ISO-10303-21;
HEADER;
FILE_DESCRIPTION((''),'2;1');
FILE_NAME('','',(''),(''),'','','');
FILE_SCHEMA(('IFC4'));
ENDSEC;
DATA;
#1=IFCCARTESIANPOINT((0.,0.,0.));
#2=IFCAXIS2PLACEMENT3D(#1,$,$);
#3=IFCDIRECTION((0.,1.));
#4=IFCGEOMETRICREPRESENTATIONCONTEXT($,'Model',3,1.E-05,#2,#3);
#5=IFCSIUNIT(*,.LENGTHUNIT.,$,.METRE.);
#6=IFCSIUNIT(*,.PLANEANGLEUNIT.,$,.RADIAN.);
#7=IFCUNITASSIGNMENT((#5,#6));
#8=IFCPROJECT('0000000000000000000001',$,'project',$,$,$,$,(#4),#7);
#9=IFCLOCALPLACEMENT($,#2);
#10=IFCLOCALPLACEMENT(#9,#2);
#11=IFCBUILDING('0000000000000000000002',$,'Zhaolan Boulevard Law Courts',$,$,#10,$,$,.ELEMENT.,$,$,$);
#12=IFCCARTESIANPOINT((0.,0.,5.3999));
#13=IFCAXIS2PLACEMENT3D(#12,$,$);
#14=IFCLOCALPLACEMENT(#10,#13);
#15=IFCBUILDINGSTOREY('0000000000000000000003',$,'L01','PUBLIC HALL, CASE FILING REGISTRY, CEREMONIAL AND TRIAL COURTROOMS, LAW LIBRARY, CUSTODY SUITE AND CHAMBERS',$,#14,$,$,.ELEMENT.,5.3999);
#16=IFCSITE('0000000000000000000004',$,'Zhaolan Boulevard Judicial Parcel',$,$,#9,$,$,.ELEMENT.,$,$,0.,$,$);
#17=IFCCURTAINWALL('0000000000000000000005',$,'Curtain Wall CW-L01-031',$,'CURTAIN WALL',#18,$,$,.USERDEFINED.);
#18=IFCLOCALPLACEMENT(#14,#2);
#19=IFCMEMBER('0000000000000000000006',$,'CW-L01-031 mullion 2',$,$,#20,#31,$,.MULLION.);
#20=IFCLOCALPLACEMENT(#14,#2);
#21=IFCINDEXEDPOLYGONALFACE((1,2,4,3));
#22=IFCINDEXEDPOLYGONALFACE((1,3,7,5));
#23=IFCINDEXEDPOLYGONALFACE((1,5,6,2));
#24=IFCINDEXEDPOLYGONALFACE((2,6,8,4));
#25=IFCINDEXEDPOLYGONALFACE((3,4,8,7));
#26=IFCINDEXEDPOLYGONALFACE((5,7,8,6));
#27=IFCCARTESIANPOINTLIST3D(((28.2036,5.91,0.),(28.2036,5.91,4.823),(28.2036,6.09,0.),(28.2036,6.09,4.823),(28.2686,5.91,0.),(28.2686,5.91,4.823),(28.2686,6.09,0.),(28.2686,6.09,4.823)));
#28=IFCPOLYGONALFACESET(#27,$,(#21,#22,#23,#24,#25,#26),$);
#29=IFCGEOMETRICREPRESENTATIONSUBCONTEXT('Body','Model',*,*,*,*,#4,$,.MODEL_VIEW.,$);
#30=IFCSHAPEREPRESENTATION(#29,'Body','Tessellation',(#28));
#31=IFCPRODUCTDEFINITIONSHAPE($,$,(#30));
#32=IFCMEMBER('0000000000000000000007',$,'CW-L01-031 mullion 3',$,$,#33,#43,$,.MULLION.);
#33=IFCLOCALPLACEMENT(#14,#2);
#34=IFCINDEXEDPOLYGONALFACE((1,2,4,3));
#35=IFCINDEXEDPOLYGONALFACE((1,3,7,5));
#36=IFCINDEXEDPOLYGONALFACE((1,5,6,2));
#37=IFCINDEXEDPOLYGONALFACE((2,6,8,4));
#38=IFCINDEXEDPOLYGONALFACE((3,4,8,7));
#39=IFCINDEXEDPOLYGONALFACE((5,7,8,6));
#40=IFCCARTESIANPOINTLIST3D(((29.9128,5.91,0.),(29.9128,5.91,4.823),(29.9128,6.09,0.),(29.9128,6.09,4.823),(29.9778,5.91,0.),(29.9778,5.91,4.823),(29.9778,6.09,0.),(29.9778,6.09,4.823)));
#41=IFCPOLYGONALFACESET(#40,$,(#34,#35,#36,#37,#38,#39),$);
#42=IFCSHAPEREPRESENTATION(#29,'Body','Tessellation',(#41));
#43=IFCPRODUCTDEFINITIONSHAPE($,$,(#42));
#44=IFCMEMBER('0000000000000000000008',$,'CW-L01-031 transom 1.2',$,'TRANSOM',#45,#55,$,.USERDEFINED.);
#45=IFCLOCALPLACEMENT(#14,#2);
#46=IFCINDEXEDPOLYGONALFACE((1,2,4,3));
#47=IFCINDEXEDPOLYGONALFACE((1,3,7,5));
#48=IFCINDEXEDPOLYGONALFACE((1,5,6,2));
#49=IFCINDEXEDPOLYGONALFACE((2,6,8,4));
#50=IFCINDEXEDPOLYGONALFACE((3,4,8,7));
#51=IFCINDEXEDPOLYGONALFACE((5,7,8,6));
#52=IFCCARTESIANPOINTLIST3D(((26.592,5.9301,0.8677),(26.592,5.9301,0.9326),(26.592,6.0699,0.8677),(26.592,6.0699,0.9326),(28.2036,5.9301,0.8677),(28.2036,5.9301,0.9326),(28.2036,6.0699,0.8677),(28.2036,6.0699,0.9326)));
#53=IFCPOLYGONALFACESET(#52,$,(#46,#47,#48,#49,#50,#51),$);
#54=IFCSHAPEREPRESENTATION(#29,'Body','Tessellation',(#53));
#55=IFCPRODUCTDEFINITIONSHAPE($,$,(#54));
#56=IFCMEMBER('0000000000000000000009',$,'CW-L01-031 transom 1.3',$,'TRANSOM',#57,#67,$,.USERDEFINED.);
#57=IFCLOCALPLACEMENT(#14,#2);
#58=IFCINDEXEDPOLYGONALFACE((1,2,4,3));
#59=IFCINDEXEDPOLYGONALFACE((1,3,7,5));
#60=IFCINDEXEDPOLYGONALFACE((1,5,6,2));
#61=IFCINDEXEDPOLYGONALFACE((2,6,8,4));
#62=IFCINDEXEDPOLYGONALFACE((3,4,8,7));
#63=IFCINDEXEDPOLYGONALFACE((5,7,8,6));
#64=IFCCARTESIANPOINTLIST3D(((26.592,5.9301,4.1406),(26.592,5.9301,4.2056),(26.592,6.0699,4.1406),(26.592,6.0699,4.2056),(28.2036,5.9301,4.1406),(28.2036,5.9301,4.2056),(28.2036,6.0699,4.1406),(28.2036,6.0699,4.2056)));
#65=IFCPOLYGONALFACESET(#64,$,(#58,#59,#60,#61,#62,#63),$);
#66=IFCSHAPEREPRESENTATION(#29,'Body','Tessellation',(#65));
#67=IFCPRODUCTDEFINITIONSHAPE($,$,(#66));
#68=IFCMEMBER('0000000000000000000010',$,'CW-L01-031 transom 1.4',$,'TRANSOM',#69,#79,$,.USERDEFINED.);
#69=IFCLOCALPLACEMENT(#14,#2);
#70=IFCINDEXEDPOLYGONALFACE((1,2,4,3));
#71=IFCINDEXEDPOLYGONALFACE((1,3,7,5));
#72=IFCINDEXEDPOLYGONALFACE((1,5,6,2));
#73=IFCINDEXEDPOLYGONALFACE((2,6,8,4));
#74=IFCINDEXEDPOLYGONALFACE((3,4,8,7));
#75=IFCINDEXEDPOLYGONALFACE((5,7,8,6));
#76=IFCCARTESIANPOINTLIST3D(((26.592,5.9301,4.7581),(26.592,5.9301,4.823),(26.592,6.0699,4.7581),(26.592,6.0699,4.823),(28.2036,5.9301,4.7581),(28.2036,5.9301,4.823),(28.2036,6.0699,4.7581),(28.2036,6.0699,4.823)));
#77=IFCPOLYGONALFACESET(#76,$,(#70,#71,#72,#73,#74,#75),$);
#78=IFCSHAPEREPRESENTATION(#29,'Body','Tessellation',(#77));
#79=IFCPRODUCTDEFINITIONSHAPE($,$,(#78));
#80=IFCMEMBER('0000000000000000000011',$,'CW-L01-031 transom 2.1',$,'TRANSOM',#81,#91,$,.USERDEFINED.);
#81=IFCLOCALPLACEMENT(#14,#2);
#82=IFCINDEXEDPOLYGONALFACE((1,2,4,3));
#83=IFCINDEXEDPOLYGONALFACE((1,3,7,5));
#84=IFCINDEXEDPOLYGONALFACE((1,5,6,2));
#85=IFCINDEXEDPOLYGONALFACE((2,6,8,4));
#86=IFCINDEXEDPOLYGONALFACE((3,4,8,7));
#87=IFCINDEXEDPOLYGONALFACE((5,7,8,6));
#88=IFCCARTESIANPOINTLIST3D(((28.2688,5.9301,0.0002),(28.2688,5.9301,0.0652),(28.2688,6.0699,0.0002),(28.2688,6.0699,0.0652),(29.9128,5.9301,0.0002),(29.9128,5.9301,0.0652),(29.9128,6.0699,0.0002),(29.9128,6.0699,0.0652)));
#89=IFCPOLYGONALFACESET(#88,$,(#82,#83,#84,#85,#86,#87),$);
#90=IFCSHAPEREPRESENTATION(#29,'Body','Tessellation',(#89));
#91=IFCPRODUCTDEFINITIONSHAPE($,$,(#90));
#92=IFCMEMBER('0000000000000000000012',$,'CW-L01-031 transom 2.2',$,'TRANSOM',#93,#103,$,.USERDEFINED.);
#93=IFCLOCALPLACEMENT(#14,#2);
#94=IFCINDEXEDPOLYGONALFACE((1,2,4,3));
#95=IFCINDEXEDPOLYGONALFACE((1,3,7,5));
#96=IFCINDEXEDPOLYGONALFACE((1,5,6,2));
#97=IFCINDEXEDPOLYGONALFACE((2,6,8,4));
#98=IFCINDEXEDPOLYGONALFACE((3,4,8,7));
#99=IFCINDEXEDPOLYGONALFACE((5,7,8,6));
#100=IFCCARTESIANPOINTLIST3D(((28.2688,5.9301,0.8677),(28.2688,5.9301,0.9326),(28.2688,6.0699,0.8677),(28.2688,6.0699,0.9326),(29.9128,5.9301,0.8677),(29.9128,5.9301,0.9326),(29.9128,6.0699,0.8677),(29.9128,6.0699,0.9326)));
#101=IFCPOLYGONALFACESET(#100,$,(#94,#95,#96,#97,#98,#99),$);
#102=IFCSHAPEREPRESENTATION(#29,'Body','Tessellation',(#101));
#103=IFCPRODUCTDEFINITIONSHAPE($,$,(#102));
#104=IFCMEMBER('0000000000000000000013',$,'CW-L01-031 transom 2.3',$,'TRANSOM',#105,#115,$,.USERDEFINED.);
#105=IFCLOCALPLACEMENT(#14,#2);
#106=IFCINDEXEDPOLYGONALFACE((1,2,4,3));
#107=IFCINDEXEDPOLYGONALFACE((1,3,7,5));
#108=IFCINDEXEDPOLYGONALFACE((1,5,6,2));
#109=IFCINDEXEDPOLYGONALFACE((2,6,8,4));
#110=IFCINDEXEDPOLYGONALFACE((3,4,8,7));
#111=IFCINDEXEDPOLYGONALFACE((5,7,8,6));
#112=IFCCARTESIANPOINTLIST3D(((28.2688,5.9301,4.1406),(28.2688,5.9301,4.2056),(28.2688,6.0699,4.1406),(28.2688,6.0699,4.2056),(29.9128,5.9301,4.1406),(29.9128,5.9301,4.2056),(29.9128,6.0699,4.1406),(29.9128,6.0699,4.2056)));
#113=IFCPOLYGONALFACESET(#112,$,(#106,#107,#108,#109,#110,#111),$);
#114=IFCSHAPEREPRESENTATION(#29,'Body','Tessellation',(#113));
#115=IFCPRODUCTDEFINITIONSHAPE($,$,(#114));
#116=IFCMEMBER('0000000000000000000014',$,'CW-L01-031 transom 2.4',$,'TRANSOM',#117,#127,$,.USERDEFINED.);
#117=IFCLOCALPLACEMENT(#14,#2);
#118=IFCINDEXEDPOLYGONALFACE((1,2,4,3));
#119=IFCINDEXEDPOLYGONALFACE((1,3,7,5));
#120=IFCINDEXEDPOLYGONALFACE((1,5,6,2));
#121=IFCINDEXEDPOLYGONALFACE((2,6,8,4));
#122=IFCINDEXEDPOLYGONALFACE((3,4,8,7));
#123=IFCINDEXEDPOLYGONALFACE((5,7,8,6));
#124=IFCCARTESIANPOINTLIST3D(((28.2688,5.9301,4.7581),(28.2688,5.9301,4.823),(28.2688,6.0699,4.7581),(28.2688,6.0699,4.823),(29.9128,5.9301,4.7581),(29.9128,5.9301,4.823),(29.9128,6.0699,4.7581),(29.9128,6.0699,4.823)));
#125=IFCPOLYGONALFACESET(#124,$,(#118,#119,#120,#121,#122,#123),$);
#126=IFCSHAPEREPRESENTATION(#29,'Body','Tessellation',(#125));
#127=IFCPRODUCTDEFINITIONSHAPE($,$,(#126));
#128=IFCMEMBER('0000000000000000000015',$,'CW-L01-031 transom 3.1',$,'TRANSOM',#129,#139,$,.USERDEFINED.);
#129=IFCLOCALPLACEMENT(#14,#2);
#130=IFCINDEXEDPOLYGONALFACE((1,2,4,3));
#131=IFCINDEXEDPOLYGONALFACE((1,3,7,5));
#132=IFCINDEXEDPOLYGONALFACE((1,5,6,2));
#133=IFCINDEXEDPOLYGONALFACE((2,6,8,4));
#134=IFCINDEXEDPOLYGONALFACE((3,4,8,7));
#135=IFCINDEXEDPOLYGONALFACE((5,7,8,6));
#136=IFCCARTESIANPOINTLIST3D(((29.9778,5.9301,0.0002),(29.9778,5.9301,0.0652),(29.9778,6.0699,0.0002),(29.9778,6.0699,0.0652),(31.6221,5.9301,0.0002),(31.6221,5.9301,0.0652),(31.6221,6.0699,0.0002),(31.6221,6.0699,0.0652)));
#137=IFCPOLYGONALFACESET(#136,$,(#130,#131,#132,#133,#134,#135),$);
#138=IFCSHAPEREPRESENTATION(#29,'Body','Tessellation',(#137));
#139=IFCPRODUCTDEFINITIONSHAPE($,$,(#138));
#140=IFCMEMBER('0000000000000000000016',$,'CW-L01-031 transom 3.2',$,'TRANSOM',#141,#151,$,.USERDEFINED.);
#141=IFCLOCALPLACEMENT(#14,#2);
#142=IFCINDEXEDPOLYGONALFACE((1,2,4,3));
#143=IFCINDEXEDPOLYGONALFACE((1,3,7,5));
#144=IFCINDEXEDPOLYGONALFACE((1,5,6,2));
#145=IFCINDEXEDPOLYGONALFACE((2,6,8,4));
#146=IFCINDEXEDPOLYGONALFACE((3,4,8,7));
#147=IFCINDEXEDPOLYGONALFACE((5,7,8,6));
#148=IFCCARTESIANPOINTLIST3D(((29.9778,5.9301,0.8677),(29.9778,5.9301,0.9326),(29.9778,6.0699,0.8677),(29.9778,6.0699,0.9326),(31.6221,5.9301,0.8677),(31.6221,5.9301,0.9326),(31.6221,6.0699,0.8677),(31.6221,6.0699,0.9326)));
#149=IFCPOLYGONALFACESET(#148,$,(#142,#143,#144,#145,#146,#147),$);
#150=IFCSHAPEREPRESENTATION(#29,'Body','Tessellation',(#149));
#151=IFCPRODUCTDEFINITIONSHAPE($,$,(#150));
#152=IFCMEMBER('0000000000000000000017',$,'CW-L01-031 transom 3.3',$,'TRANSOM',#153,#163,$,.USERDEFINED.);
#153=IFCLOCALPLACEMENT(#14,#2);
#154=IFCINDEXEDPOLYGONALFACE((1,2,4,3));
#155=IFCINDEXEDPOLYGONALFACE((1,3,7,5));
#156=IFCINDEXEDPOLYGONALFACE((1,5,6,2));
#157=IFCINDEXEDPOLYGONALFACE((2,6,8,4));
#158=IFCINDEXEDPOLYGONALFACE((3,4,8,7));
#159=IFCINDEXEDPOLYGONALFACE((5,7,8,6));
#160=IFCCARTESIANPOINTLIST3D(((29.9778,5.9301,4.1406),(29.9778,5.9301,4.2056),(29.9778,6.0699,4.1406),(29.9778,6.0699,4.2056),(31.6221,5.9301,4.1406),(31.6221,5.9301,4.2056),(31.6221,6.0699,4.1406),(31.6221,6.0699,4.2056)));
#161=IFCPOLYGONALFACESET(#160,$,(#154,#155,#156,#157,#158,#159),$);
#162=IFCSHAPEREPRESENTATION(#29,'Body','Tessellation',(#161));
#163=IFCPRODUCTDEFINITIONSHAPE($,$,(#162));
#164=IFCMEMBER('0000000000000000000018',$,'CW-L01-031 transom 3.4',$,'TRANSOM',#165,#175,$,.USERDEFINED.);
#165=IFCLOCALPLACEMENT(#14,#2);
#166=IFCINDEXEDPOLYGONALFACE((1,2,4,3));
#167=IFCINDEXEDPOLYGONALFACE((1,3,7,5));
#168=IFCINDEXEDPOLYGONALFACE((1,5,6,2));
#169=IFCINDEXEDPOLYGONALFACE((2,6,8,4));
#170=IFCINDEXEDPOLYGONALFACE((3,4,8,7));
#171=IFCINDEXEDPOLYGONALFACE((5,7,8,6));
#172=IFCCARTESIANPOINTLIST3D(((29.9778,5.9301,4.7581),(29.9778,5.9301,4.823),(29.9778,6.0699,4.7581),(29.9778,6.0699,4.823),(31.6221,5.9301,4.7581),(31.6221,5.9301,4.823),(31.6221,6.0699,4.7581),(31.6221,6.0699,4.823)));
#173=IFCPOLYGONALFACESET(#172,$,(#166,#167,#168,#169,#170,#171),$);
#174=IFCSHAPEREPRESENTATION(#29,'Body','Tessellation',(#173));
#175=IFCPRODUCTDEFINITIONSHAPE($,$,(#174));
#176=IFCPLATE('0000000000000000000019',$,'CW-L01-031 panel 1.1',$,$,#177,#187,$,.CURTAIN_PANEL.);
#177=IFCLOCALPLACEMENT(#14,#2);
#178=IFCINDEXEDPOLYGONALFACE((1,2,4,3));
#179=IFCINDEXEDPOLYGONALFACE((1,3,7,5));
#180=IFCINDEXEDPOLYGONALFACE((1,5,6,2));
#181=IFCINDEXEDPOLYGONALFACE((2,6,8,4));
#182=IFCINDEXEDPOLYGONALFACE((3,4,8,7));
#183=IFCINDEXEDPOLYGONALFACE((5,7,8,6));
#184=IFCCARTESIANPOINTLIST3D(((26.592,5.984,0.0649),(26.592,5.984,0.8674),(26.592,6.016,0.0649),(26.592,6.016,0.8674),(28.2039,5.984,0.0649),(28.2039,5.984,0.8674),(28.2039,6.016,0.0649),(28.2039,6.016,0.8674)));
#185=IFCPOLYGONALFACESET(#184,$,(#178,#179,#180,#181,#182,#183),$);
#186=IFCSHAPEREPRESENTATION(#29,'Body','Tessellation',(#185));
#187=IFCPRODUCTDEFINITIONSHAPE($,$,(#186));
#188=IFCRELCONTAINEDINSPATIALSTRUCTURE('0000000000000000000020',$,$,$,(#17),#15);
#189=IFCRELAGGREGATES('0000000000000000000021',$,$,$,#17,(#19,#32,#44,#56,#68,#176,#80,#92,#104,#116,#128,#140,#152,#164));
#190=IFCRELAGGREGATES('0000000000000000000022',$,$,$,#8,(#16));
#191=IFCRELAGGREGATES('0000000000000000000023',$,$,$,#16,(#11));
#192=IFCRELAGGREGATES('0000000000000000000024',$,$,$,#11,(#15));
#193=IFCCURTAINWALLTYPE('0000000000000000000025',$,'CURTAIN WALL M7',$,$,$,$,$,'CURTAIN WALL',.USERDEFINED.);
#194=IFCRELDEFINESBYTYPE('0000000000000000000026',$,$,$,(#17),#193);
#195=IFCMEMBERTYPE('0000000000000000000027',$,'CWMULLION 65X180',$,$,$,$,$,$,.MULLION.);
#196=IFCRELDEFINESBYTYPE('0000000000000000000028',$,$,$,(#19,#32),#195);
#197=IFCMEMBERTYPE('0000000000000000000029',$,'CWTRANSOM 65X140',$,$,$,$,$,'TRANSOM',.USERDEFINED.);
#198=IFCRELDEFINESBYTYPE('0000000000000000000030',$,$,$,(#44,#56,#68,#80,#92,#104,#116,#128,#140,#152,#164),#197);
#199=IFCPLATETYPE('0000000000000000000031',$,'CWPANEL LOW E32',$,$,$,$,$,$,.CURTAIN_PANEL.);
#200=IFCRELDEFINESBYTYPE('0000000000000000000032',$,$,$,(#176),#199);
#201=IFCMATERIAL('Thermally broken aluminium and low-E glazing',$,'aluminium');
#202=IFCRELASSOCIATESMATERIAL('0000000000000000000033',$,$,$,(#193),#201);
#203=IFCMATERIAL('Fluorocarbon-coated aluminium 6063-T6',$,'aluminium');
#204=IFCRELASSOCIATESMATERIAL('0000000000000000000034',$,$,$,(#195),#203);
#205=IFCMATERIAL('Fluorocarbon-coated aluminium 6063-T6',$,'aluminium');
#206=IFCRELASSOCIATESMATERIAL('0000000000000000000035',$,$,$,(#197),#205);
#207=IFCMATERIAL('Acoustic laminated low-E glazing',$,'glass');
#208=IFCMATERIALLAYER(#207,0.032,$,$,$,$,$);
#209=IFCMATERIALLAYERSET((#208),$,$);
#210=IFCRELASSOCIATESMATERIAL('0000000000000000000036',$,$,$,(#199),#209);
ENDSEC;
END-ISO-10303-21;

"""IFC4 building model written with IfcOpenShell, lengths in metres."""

from ifc_helpers import new_model, si_unit, direction, frame, origin, origin_2d, place, context, subcontext, project, spatial, rectangle, extrude, material, layer, layer_set, material_profile, profile_set, type_object, element, aggregate, save


model = new_model("IFC4")

# Units and contexts
model_context = context("Model", 3, precision=1e-05, world=origin(), true_north=direction((0.0, 1.0)))
body_context = subcontext(model_context, "Body", "Model", "MODEL_VIEW")
ifc_project = project(units=[si_unit("LENGTHUNIT", "METRE"), si_unit("PLANEANGLEUNIT", "RADIAN")], contexts=[model_context])

# Site, building, storey
site_placement = place(None, origin())
site = spatial("IfcSite", under=ifc_project, at=site_placement, Name="Zhaolan Boulevard Judicial Parcel", CompositionType="ELEMENT", RefElevation=0.0)
building_placement = place(site_placement, origin())
building = spatial("IfcBuilding", under=site, at=building_placement, Name="Zhaolan Boulevard Law Courts", CompositionType="ELEMENT")
storey_placement = place(building_placement, frame((0.0, 0.0, 5.3999)))
storey = spatial("IfcBuildingStorey", under=building, at=storey_placement, Name="L01", Description="PUBLIC HALL, CASE FILING REGISTRY, CEREMONIAL AND TRIAL COURTROOMS, LAW LIBRARY, CUSTODY SUITE AND CHAMBERS", CompositionType="ELEMENT", Elevation=5.3999)

# Curtain wall, members, plate
ifc_material_1 = material(Name="Thermally broken aluminium and low-E glazing", Category="aluminium")
curtain_wall_type = type_object("IfcCurtainWallType", Name="CURTAIN WALL M7", ElementType="CURTAIN WALL", PredefinedType="USERDEFINED", material=ifc_material_1)
curtain_wall_placement = place(storey_placement, origin())
curtain_wall = element("IfcCurtainWall", 1, at=curtain_wall_placement, inside=storey, type_object=curtain_wall_type, Name="Curtain Wall CW-L01-031", ObjectType="CURTAIN WALL", PredefinedType="USERDEFINED")
ifc_material_2 = material(Name="Fluorocarbon-coated aluminium 6063-T6", Category="aluminium")
ifc_material_profile_1 = material_profile(ifc_material_2, rectangle(XDim=0.1799, YDim=0.0649, at=origin_2d()), Name="AL65x180")
ifc_profile_set_1 = profile_set([ifc_material_profile_1], Name="Fluorocarbon-coated aluminium 6063-T6")
member_type_1 = type_object("IfcMemberType", Name="CWMULLION 65X180", PredefinedType="MULLION", material=ifc_profile_set_1)
member_1_placement = place(storey_placement, frame((28.2361, 6.0, 0.0), z_axis=(0.0, 0.0, 1.0), x_axis=(0.0, 1.0, 0.0)))
member_1 = element("IfcMember", 2, at=member_1_placement, type_object=member_type_1, Name="CW-L01-031 mullion 2", PredefinedType="MULLION", context=body_context, shape_type="SweptSolid", body=[
    extrude(rectangle(XDim=0.1799, YDim=0.0649, at=origin_2d()), origin(), (0.0, 0.0, 1.0), 4.823),
])
member_2_placement = place(storey_placement, frame((29.9453, 6.0, 0.0), z_axis=(0.0, 0.0, 1.0), x_axis=(0.0, 1.0, 0.0)))
member_2 = element("IfcMember", 3, at=member_2_placement, type_object=member_type_1, Name="CW-L01-031 mullion 3", PredefinedType="MULLION", context=body_context, shape_type="SweptSolid", body=[
    extrude(rectangle(XDim=0.1799, YDim=0.0649, at=origin_2d()), origin(), (0.0, 0.0, 1.0), 4.823),
])
ifc_material_3 = material(Name="Fluorocarbon-coated aluminium 6063-T6", Category="aluminium")
ifc_material_profile_2 = material_profile(ifc_material_3, rectangle(XDim=0.1399, YDim=0.0649, at=origin_2d()), Name="AL65x140")
ifc_profile_set_2 = profile_set([ifc_material_profile_2], Name="Fluorocarbon-coated aluminium 6063-T6")
member_type_2 = type_object("IfcMemberType", Name="CWTRANSOM 65X140", ElementType="TRANSOM", PredefinedType="USERDEFINED", material=ifc_profile_set_2)
member_3_placement = place(storey_placement, frame((26.592, 6.0, 0.9001), z_axis=(1.0, 0.0, 0.0), x_axis=(0.0, 1.0, 0.0)))
member_3 = element("IfcMember", 4, at=member_3_placement, type_object=member_type_2, Name="CW-L01-031 transom 1.2", ObjectType="TRANSOM", PredefinedType="USERDEFINED", context=body_context, shape_type="SweptSolid", body=[
    extrude(rectangle(XDim=0.1399, YDim=0.0649, at=origin_2d()), origin(), (0.0, 0.0, 1.0), 1.6116),
])
member_4_placement = place(storey_placement, frame((26.592, 6.0, 4.1731), z_axis=(1.0, 0.0, 0.0), x_axis=(0.0, 1.0, 0.0)))
member_4 = element("IfcMember", 5, at=member_4_placement, type_object=member_type_2, Name="CW-L01-031 transom 1.3", ObjectType="TRANSOM", PredefinedType="USERDEFINED", context=body_context, shape_type="SweptSolid", body=[
    extrude(rectangle(XDim=0.1399, YDim=0.0649, at=origin_2d()), origin(), (0.0, 0.0, 1.0), 1.6116),
])
member_5_placement = place(storey_placement, frame((26.592, 6.0, 4.7905), z_axis=(1.0, 0.0, 0.0), x_axis=(0.0, 1.0, 0.0)))
member_5 = element("IfcMember", 6, at=member_5_placement, type_object=member_type_2, Name="CW-L01-031 transom 1.4", ObjectType="TRANSOM", PredefinedType="USERDEFINED", context=body_context, shape_type="SweptSolid", body=[
    extrude(rectangle(XDim=0.1399, YDim=0.0649, at=origin_2d()), origin(), (0.0, 0.0, 1.0), 1.6116),
])
member_6_placement = place(storey_placement, frame((28.2688, 6.0, 0.0327), z_axis=(1.0, 0.0, 0.0), x_axis=(0.0, 1.0, 0.0)))
member_6 = element("IfcMember", 7, at=member_6_placement, type_object=member_type_2, Name="CW-L01-031 transom 2.1", ObjectType="TRANSOM", PredefinedType="USERDEFINED", context=body_context, shape_type="SweptSolid", body=[
    extrude(rectangle(XDim=0.1399, YDim=0.0649, at=origin_2d()), origin(), (0.0, 0.0, 1.0), 1.644),
])
member_7_placement = place(storey_placement, frame((28.2688, 6.0, 0.9001), z_axis=(1.0, 0.0, 0.0), x_axis=(0.0, 1.0, 0.0)))
member_7 = element("IfcMember", 8, at=member_7_placement, type_object=member_type_2, Name="CW-L01-031 transom 2.2", ObjectType="TRANSOM", PredefinedType="USERDEFINED", context=body_context, shape_type="SweptSolid", body=[
    extrude(rectangle(XDim=0.1399, YDim=0.0649, at=origin_2d()), origin(), (0.0, 0.0, 1.0), 1.644),
])
member_8_placement = place(storey_placement, frame((28.2688, 6.0, 4.1731), z_axis=(1.0, 0.0, 0.0), x_axis=(0.0, 1.0, 0.0)))
member_8 = element("IfcMember", 9, at=member_8_placement, type_object=member_type_2, Name="CW-L01-031 transom 2.3", ObjectType="TRANSOM", PredefinedType="USERDEFINED", context=body_context, shape_type="SweptSolid", body=[
    extrude(rectangle(XDim=0.1399, YDim=0.0649, at=origin_2d()), origin(), (0.0, 0.0, 1.0), 1.644),
])
member_9_placement = place(storey_placement, frame((28.2688, 6.0, 4.7905), z_axis=(1.0, 0.0, 0.0), x_axis=(0.0, 1.0, 0.0)))
member_9 = element("IfcMember", 10, at=member_9_placement, type_object=member_type_2, Name="CW-L01-031 transom 2.4", ObjectType="TRANSOM", PredefinedType="USERDEFINED", context=body_context, shape_type="SweptSolid", body=[
    extrude(rectangle(XDim=0.1399, YDim=0.0649, at=origin_2d()), origin(), (0.0, 0.0, 1.0), 1.644),
])
member_10_placement = place(storey_placement, frame((29.9778, 6.0, 0.0327), z_axis=(1.0, 0.0, 0.0), x_axis=(0.0, 1.0, 0.0)))
member_10 = element("IfcMember", 11, at=member_10_placement, type_object=member_type_2, Name="CW-L01-031 transom 3.1", ObjectType="TRANSOM", PredefinedType="USERDEFINED", context=body_context, shape_type="SweptSolid", body=[
    extrude(rectangle(XDim=0.1399, YDim=0.0649, at=origin_2d()), origin(), (0.0, 0.0, 1.0), 1.6443),
])
member_11_placement = place(storey_placement, frame((29.9778, 6.0, 0.9001), z_axis=(1.0, 0.0, 0.0), x_axis=(0.0, 1.0, 0.0)))
member_11 = element("IfcMember", 12, at=member_11_placement, type_object=member_type_2, Name="CW-L01-031 transom 3.2", ObjectType="TRANSOM", PredefinedType="USERDEFINED", context=body_context, shape_type="SweptSolid", body=[
    extrude(rectangle(XDim=0.1399, YDim=0.0649, at=origin_2d()), origin(), (0.0, 0.0, 1.0), 1.6443),
])
member_12_placement = place(storey_placement, frame((29.9778, 6.0, 4.1731), z_axis=(1.0, 0.0, 0.0), x_axis=(0.0, 1.0, 0.0)))
member_12 = element("IfcMember", 13, at=member_12_placement, type_object=member_type_2, Name="CW-L01-031 transom 3.3", ObjectType="TRANSOM", PredefinedType="USERDEFINED", context=body_context, shape_type="SweptSolid", body=[
    extrude(rectangle(XDim=0.1399, YDim=0.0649, at=origin_2d()), origin(), (0.0, 0.0, 1.0), 1.6443),
])
member_13_placement = place(storey_placement, frame((29.9778, 6.0, 4.7905), z_axis=(1.0, 0.0, 0.0), x_axis=(0.0, 1.0, 0.0)))
member_13 = element("IfcMember", 14, at=member_13_placement, type_object=member_type_2, Name="CW-L01-031 transom 3.4", ObjectType="TRANSOM", PredefinedType="USERDEFINED", context=body_context, shape_type="SweptSolid", body=[
    extrude(rectangle(XDim=0.1399, YDim=0.0649, at=origin_2d()), origin(), (0.0, 0.0, 1.0), 1.6443),
])
ifc_material_4 = material(Name="Acoustic laminated low-E glazing", Category="glass")
ifc_layer = layer(ifc_material_4, 0.032)
ifc_layer_set = layer_set([ifc_layer])
plate_type = type_object("IfcPlateType", Name="CWPANEL LOW E32", PredefinedType="CURTAIN_PANEL", material=ifc_layer_set)
plate_1_placement = place(storey_placement, frame((27.3979, 6.0, 0.0649), z_axis=(0.0, 0.0, 1.0), x_axis=(1.0, 0.0, 0.0)))
plate_1 = element("IfcPlate", 15, at=plate_1_placement, type_object=plate_type, Name="CW-L01-031 panel 1.1", PredefinedType="CURTAIN_PANEL", context=body_context, shape_type="SweptSolid", body=[
    extrude(rectangle(XDim=1.6118, YDim=0.032, at=origin_2d()), origin(), (0.0, 0.0, 1.0), 0.8025),
])
aggregate(curtain_wall, [member_1, member_2, member_3, member_4, member_5, plate_1, member_6, member_7, member_8, member_9, member_10, member_11, member_12, member_13])

save(model, "model.ifc")
